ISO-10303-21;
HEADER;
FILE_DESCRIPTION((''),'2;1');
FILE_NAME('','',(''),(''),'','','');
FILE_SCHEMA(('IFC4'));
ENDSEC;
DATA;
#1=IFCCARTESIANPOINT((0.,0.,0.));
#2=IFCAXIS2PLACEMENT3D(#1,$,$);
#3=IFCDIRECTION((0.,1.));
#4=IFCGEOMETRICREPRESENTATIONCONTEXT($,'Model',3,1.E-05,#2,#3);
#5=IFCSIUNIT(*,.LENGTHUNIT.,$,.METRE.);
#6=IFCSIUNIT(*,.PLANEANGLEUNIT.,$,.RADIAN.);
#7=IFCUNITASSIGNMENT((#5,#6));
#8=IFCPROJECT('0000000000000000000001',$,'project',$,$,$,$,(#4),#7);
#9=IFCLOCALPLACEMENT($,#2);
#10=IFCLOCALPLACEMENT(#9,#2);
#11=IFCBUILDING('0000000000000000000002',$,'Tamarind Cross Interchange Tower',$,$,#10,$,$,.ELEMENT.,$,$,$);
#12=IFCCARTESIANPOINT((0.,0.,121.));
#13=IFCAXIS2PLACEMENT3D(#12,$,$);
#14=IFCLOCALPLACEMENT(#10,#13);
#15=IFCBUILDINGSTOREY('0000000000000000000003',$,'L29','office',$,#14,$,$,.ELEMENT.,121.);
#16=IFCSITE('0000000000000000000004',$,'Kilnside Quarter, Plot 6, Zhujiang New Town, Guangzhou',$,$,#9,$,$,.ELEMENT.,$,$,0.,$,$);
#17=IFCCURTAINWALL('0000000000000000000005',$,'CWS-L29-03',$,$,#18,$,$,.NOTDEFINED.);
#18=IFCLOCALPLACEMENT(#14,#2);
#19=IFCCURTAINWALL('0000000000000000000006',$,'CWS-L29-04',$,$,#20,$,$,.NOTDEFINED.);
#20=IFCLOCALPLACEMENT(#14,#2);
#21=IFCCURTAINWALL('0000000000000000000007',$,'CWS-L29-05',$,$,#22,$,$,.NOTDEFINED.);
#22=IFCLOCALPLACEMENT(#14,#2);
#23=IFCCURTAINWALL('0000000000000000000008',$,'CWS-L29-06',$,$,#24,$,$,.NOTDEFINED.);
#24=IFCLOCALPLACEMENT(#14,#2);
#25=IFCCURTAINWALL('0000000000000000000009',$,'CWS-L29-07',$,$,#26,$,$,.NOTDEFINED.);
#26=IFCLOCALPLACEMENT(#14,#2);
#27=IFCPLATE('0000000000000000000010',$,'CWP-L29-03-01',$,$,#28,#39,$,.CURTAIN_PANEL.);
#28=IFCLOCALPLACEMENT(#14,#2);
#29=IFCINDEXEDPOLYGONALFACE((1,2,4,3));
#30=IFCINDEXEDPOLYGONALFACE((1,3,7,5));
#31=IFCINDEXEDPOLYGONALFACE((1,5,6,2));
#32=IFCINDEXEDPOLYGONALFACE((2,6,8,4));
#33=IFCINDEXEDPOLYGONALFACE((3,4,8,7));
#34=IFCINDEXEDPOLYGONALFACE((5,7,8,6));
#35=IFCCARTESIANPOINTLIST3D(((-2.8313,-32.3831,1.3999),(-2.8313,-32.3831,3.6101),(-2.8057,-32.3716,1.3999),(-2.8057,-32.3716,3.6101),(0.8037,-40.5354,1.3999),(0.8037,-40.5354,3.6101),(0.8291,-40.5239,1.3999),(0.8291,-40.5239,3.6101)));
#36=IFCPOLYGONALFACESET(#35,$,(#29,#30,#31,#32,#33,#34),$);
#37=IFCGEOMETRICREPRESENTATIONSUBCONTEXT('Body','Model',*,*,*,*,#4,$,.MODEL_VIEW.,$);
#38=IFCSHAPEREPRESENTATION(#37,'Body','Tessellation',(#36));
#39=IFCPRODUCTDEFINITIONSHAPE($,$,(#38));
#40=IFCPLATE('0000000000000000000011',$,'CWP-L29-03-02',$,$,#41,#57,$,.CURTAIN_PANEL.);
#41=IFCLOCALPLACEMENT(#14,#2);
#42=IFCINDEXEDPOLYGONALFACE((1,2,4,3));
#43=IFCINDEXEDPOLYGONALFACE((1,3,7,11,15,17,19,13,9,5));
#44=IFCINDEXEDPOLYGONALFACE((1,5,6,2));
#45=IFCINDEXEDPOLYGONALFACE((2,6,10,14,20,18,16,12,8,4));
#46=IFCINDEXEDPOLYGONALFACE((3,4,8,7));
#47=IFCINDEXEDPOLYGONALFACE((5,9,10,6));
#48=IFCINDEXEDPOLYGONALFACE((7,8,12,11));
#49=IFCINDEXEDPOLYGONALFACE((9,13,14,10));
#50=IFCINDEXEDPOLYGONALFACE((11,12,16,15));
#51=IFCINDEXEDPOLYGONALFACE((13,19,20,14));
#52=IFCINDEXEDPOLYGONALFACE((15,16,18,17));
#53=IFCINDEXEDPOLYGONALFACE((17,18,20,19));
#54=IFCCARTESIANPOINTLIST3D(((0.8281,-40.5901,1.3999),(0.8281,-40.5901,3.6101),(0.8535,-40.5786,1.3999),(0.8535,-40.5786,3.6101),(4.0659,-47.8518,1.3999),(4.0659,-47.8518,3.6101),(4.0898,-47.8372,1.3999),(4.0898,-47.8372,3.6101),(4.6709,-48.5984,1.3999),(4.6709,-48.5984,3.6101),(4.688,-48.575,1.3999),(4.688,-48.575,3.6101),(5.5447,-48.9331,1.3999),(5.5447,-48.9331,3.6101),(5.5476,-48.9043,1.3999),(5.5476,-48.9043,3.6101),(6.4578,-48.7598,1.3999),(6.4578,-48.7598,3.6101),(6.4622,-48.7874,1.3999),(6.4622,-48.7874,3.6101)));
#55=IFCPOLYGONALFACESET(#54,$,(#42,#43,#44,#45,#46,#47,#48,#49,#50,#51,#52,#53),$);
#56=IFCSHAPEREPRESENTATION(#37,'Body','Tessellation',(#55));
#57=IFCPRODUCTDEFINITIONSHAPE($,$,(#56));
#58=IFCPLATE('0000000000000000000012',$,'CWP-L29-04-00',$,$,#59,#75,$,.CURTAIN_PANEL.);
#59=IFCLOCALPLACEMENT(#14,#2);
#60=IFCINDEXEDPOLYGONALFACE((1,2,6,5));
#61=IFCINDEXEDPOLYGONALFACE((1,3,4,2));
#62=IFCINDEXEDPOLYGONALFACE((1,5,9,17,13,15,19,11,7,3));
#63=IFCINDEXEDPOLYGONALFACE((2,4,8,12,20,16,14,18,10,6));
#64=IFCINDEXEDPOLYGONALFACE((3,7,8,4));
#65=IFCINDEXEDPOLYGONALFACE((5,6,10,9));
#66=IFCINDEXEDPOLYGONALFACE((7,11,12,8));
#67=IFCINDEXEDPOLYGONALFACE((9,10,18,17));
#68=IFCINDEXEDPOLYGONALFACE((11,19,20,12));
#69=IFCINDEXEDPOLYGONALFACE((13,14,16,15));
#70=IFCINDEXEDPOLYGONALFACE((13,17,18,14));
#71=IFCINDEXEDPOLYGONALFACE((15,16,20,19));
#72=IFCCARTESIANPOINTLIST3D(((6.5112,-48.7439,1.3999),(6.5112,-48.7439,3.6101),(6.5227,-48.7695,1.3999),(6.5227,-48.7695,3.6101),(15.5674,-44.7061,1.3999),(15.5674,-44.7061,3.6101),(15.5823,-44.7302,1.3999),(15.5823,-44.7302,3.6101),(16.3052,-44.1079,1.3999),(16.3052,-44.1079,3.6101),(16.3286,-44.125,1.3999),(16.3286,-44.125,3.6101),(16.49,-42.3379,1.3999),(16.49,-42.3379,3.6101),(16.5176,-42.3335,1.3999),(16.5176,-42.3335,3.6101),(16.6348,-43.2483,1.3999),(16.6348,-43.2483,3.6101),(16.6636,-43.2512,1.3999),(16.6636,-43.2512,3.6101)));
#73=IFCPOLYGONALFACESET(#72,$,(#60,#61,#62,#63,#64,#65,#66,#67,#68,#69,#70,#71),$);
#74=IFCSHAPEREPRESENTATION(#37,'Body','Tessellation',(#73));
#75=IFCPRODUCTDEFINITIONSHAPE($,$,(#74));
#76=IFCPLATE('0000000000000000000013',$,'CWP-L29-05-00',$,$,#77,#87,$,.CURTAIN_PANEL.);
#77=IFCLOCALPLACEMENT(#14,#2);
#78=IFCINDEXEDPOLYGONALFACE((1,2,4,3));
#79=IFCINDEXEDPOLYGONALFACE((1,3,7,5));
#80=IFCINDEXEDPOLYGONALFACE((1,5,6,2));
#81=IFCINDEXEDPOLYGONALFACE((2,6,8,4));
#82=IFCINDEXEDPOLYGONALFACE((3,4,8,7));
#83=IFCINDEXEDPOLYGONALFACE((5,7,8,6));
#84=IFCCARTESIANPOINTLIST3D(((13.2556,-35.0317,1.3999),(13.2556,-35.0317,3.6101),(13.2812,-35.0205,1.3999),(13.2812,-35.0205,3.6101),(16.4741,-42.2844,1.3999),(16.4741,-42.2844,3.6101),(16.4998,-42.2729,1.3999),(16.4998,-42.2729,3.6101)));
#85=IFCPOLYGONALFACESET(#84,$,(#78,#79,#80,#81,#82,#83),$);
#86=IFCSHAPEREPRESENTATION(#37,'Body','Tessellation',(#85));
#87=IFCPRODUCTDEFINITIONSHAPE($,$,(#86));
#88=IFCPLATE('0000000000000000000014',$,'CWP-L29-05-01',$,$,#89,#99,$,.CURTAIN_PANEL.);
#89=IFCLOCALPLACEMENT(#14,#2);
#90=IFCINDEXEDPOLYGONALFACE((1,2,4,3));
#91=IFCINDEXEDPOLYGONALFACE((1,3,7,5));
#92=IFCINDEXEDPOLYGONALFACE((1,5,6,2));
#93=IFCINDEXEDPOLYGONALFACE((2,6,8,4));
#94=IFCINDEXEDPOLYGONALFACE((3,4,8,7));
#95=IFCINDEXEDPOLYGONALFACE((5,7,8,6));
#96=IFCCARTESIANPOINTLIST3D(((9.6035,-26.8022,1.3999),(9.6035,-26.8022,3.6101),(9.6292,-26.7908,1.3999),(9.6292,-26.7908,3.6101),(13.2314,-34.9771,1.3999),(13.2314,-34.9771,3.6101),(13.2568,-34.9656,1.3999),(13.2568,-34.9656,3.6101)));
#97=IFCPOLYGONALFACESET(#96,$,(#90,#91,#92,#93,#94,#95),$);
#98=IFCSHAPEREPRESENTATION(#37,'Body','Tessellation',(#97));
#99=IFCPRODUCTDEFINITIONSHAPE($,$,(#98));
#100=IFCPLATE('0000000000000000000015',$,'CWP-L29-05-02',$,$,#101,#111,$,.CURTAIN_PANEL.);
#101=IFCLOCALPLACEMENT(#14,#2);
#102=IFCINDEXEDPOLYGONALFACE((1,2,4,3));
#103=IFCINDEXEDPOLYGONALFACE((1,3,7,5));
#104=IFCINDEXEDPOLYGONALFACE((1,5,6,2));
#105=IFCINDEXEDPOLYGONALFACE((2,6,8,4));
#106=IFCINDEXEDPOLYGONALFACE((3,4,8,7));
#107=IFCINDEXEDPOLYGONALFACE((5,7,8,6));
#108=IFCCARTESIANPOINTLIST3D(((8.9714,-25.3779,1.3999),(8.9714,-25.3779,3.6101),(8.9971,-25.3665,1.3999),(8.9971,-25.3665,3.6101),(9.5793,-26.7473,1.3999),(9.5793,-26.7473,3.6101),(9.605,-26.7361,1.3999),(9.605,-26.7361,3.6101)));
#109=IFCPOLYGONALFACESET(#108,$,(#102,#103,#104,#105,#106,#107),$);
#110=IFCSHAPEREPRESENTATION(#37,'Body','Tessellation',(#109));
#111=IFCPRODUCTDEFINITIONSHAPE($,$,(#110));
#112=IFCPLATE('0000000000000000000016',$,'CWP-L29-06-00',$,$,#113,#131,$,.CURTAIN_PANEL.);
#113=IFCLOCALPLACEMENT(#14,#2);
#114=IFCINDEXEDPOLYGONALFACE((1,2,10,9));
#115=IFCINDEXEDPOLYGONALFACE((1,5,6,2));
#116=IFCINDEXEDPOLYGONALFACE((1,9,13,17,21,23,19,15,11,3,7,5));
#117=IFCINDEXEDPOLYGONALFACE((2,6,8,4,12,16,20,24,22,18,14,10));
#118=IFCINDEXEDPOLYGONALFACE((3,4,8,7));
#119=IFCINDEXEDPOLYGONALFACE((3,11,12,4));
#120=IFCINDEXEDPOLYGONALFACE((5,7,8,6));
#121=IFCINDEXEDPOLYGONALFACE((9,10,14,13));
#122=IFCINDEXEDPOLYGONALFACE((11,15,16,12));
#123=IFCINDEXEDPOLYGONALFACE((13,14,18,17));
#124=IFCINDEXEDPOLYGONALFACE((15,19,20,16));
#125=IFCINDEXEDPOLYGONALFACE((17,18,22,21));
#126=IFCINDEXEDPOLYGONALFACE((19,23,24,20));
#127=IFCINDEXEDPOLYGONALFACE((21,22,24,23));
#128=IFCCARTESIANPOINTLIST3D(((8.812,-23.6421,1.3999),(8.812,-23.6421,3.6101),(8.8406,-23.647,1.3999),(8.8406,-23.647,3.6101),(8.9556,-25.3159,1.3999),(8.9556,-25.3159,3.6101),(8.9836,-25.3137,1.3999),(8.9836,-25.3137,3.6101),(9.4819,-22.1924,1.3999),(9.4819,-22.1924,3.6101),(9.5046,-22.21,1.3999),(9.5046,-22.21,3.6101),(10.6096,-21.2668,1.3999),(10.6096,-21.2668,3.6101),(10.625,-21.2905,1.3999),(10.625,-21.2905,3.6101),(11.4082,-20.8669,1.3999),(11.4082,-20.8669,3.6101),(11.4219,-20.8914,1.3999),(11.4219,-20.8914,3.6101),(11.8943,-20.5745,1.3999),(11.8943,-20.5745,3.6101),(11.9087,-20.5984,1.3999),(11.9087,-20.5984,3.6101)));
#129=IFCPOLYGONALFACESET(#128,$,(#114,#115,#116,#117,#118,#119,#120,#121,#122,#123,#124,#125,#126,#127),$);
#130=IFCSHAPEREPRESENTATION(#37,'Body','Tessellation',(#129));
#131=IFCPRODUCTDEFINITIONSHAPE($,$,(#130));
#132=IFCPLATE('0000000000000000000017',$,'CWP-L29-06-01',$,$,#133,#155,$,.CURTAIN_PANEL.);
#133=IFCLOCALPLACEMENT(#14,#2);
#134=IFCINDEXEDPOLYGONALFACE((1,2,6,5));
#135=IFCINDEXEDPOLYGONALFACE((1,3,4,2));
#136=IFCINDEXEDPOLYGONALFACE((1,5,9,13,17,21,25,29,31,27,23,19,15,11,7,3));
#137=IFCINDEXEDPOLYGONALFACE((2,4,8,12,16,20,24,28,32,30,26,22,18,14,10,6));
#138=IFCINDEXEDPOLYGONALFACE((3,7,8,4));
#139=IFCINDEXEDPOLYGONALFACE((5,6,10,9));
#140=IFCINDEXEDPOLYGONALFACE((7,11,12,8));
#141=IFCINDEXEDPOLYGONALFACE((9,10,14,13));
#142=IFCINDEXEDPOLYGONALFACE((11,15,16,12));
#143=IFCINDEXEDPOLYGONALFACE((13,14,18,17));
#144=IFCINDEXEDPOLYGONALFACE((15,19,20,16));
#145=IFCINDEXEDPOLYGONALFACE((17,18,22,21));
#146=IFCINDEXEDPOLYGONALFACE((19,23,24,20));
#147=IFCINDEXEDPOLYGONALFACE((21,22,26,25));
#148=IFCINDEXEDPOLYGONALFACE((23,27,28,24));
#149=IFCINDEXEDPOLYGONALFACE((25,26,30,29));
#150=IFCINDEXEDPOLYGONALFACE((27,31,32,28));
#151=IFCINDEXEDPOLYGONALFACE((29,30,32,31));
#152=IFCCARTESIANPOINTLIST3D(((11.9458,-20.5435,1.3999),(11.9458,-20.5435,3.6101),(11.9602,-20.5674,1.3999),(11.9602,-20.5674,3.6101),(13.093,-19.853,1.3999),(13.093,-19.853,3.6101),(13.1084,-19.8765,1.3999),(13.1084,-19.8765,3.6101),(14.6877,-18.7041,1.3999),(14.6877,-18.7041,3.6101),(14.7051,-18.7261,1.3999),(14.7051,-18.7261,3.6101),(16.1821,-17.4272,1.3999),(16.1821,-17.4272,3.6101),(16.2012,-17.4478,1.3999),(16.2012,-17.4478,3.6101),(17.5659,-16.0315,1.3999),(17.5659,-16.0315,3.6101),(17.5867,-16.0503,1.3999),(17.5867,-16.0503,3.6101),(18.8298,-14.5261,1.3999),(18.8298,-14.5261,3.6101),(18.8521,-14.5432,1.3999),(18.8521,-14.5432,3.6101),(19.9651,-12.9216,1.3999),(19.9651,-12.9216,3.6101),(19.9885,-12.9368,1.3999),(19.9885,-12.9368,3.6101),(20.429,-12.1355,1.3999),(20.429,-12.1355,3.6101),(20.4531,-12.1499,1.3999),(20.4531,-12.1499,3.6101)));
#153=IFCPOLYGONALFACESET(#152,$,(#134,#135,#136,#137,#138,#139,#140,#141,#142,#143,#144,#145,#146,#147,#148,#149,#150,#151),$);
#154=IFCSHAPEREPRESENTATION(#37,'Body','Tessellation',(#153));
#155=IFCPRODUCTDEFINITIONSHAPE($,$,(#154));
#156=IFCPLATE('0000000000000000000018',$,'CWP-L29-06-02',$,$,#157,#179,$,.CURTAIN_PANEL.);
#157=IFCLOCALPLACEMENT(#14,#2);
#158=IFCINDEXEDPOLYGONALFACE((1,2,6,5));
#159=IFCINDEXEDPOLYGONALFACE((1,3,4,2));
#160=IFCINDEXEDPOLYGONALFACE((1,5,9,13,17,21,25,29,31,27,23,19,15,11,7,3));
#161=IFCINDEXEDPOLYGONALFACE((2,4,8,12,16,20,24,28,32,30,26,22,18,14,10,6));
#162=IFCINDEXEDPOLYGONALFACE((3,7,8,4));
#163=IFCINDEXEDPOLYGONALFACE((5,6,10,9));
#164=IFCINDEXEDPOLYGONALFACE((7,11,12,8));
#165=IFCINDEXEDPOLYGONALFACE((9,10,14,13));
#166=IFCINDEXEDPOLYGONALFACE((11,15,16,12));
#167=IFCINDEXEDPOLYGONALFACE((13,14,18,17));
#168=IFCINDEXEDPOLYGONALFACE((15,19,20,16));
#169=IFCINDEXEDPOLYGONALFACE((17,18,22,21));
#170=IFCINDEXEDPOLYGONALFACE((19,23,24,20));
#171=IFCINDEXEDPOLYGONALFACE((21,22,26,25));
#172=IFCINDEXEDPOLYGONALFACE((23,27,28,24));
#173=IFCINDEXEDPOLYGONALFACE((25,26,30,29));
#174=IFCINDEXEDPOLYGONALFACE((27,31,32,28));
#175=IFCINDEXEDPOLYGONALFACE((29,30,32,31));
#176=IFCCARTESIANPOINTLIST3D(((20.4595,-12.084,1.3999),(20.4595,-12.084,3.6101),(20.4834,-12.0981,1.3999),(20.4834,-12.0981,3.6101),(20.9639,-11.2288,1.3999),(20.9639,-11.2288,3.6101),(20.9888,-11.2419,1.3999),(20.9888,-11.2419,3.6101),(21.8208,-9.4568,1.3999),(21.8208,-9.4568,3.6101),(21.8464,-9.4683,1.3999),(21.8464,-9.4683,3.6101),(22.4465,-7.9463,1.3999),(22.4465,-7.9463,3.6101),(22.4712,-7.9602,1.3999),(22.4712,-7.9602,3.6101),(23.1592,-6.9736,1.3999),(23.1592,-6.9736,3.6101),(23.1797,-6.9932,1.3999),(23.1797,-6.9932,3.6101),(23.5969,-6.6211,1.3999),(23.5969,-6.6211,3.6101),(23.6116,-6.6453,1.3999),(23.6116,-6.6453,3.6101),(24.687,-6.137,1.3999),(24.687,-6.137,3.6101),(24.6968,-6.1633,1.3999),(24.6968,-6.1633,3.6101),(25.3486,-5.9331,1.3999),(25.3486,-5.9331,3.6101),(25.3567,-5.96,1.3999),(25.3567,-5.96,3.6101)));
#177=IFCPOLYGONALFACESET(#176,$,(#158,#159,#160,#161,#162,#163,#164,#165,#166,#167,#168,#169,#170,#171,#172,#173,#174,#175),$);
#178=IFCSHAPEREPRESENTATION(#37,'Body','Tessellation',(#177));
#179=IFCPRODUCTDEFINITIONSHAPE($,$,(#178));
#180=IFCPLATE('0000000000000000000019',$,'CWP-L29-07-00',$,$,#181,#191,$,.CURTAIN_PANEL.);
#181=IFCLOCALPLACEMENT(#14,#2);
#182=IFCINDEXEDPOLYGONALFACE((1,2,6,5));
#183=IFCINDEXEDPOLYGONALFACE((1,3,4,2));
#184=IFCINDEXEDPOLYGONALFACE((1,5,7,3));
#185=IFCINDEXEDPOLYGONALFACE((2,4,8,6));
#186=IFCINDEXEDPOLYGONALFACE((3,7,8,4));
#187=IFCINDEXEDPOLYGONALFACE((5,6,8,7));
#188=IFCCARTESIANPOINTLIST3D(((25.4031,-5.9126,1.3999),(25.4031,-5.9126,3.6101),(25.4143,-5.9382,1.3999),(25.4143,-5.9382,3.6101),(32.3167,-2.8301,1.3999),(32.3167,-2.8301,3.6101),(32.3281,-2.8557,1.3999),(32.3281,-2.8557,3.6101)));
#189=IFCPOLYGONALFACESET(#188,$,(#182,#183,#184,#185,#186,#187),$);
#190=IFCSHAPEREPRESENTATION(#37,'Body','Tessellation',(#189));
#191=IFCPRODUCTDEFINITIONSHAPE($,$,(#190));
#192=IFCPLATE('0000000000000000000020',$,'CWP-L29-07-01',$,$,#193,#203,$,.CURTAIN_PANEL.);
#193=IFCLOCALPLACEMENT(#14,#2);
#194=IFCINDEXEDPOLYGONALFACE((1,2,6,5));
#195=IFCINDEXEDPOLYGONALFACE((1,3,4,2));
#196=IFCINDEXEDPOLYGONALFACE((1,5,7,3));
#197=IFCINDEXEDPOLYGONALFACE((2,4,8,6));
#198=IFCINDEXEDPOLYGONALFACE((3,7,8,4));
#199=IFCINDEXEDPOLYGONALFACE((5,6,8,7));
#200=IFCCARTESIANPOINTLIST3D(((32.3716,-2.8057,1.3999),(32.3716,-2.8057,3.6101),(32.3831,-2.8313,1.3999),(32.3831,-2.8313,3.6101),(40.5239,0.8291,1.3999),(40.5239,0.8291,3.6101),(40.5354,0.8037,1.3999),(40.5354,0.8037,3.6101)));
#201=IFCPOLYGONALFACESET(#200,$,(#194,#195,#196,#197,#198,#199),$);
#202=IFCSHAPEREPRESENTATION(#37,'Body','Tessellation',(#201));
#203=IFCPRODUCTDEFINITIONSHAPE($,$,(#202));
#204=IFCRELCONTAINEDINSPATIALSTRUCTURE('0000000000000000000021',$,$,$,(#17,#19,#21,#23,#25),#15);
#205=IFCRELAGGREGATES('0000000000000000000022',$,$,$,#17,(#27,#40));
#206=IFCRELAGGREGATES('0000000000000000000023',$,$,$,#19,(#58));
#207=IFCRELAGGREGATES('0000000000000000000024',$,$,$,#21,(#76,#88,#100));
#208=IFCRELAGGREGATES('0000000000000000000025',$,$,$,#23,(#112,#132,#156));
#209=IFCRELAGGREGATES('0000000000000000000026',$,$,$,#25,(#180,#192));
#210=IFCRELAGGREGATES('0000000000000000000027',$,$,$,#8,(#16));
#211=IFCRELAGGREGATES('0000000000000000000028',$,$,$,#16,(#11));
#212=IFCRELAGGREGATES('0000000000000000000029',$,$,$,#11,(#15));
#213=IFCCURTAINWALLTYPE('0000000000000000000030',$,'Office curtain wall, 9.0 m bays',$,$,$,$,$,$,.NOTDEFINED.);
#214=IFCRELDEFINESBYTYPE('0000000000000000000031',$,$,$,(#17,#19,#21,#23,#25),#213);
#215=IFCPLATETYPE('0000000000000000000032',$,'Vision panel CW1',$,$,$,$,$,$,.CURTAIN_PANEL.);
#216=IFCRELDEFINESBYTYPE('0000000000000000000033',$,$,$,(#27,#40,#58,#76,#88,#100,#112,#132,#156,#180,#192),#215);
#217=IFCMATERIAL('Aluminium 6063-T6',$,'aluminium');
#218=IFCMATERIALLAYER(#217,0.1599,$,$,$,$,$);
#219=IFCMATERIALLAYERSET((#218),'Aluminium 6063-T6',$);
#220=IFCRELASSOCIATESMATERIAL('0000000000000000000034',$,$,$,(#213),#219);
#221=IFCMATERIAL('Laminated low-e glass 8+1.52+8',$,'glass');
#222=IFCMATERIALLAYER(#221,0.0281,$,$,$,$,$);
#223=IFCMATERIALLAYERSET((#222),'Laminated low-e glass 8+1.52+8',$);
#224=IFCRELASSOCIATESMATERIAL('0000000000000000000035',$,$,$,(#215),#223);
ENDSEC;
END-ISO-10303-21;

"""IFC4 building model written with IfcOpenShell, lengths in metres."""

from ifc_helpers import new_model, si_unit, direction, frame, origin, place, context, subcontext, project, spatial, polyline, outline, extrude, material, layer, layer_set, type_object, element, aggregate, save


model = new_model("IFC4")

# Units and contexts
model_context = context("Model", 3, precision=1e-05, world=origin(), true_north=direction((0.0, 1.0)))
body_context = subcontext(model_context, "Body", "Model", "MODEL_VIEW")
ifc_project = project(units=[si_unit("LENGTHUNIT", "METRE"), si_unit("PLANEANGLEUNIT", "RADIAN")], contexts=[model_context])

# Site, building, storey
site_placement = place(None, origin())
site = spatial("IfcSite", under=ifc_project, at=site_placement, Name="Kilnside Quarter, Plot 6, Zhujiang New Town, Guangzhou", CompositionType="ELEMENT", RefElevation=0.0)
building_placement = place(site_placement, origin())
building = spatial("IfcBuilding", under=site, at=building_placement, Name="Tamarind Cross Interchange Tower", CompositionType="ELEMENT")
storey_placement = place(building_placement, frame((0.0, 0.0, 121.0)))
storey = spatial("IfcBuildingStorey", under=building, at=storey_placement, Name="L29", Description="office", CompositionType="ELEMENT", Elevation=121.0)

# Curtain walls
ifc_material_1 = material(Name="Aluminium 6063-T6", Category="aluminium")
ifc_layer_1 = layer(ifc_material_1, 0.1599)
ifc_layer_set_1 = layer_set([ifc_layer_1], Name="Aluminium 6063-T6")
curtain_wall_type = type_object("IfcCurtainWallType", Name="Office curtain wall, 9.0 m bays", PredefinedType="NOTDEFINED", material=ifc_layer_set_1)
curtain_wall_1_placement = place(storey_placement, origin())
curtain_wall_1 = element("IfcCurtainWall", 1, at=curtain_wall_1_placement, inside=storey, type_object=curtain_wall_type, Name="CWS-L29-03", PredefinedType="NOTDEFINED")
curtain_wall_2_placement = place(storey_placement, origin())
curtain_wall_2 = element("IfcCurtainWall", 2, at=curtain_wall_2_placement, inside=storey, type_object=curtain_wall_type, Name="CWS-L29-04", PredefinedType="NOTDEFINED")
curtain_wall_3_placement = place(storey_placement, origin())
curtain_wall_3 = element("IfcCurtainWall", 3, at=curtain_wall_3_placement, inside=storey, type_object=curtain_wall_type, Name="CWS-L29-05", PredefinedType="NOTDEFINED")
curtain_wall_4_placement = place(storey_placement, origin())
curtain_wall_4 = element("IfcCurtainWall", 4, at=curtain_wall_4_placement, inside=storey, type_object=curtain_wall_type, Name="CWS-L29-06", PredefinedType="NOTDEFINED")
curtain_wall_5_placement = place(storey_placement, origin())
curtain_wall_5 = element("IfcCurtainWall", 5, at=curtain_wall_5_placement, inside=storey, type_object=curtain_wall_type, Name="CWS-L29-07", PredefinedType="NOTDEFINED")

# Plates
ifc_material_2 = material(Name="Laminated low-e glass 8+1.52+8", Category="glass")
ifc_layer_2 = layer(ifc_material_2, 0.0281)
ifc_layer_set_2 = layer_set([ifc_layer_2], Name="Laminated low-e glass 8+1.52+8")
plate_type = type_object("IfcPlateType", Name="Vision panel CW1", PredefinedType="CURTAIN_PANEL", material=ifc_layer_set_2)
plate_1_placement = place(storey_placement, frame((0.0, 0.0, 1.3999)))
plate_1 = element("IfcPlate", 6, at=plate_1_placement, type_object=plate_type, Name="CWP-L29-03-01", PredefinedType="CURTAIN_PANEL", context=body_context, shape_type="SweptSolid", body=[
    extrude(outline(polyline([(-2.8057, -32.3716), (0.8291, -40.5239), (0.8037, -40.5354), (-2.8313, -32.3831), (-2.8057, -32.3716)])), origin(), (0.0, 0.0, 1.0), 2.2102),
])
plate_2_placement = place(storey_placement, frame((0.0, 0.0, 1.3999)))
plate_2 = element("IfcPlate", 7, at=plate_2_placement, type_object=plate_type, Name="CWP-L29-03-02", PredefinedType="CURTAIN_PANEL", context=body_context, shape_type="SweptSolid", body=[
    extrude(outline(polyline([(0.8535, -40.5786), (4.0898, -47.8372), (4.688, -48.575), (5.5476, -48.9043), (6.4578, -48.7598), (6.4622, -48.7874), (5.5447, -48.9331), (4.6709, -48.5984), (4.0659, -47.8518), (0.8281, -40.5901), (0.8535, -40.5786)])), origin(), (0.0, 0.0, 1.0), 2.2102),
])
aggregate(curtain_wall_1, [plate_1, plate_2])
plate_3_placement = place(storey_placement, frame((0.0, 0.0, 1.3999)))
plate_3 = element("IfcPlate", 8, at=plate_3_placement, type_object=plate_type, Name="CWP-L29-04-00", PredefinedType="CURTAIN_PANEL", context=body_context, shape_type="SweptSolid", body=[
    extrude(outline(polyline([(6.5112, -48.7439), (15.5674, -44.7061), (16.3052, -44.1079), (16.6348, -43.2483), (16.49, -42.3379), (16.5176, -42.3335), (16.6636, -43.2512), (16.3286, -44.125), (15.5823, -44.7302), (6.5227, -48.7695), (6.5112, -48.7439)])), origin(), (0.0, 0.0, 1.0), 2.2102),
])
aggregate(curtain_wall_2, [plate_3])
plate_4_placement = place(storey_placement, frame((0.0, 0.0, 1.3999)))
plate_4 = element("IfcPlate", 9, at=plate_4_placement, type_object=plate_type, Name="CWP-L29-05-00", PredefinedType="CURTAIN_PANEL", context=body_context, shape_type="SweptSolid", body=[
    extrude(outline(polyline([(16.4741, -42.2844), (13.2556, -35.0317), (13.2812, -35.0205), (16.4998, -42.2729), (16.4741, -42.2844)])), origin(), (0.0, 0.0, 1.0), 2.2102),
])
plate_5_placement = place(storey_placement, frame((0.0, 0.0, 1.3999)))
plate_5 = element("IfcPlate", 10, at=plate_5_placement, type_object=plate_type, Name="CWP-L29-05-01", PredefinedType="CURTAIN_PANEL", context=body_context, shape_type="SweptSolid", body=[
    extrude(outline(polyline([(13.2314, -34.9771), (9.6035, -26.8022), (9.6292, -26.7908), (13.2568, -34.9656), (13.2314, -34.9771)])), origin(), (0.0, 0.0, 1.0), 2.2102),
])
plate_6_placement = place(storey_placement, frame((0.0, 0.0, 1.3999)))
plate_6 = element("IfcPlate", 11, at=plate_6_placement, type_object=plate_type, Name="CWP-L29-05-02", PredefinedType="CURTAIN_PANEL", context=body_context, shape_type="SweptSolid", body=[
    extrude(outline(polyline([(9.5793, -26.7473), (8.9714, -25.3779), (8.9971, -25.3665), (9.605, -26.7361), (9.5793, -26.7473)])), origin(), (0.0, 0.0, 1.0), 2.2102),
])
aggregate(curtain_wall_3, [plate_4, plate_5, plate_6])
plate_7_placement = place(storey_placement, frame((0.0, 0.0, 1.3999)))
plate_7 = element("IfcPlate", 12, at=plate_7_placement, type_object=plate_type, Name="CWP-L29-06-00", PredefinedType="CURTAIN_PANEL", context=body_context, shape_type="SweptSolid", body=[
    extrude(outline(polyline([(8.9556, -25.3159), (8.812, -23.6421), (9.4819, -22.1924), (10.6096, -21.2668), (11.4082, -20.8669), (11.8943, -20.5745), (11.9087, -20.5984), (11.4219, -20.8914), (10.625, -21.2905), (9.5046, -22.21), (8.8406, -23.647), (8.9836, -25.3137), (8.9556, -25.3159)])), origin(), (0.0, 0.0, 1.0), 2.2102),
])
plate_8_placement = place(storey_placement, frame((0.0, 0.0, 1.3999)))
plate_8 = element("IfcPlate", 13, at=plate_8_placement, type_object=plate_type, Name="CWP-L29-06-01", PredefinedType="CURTAIN_PANEL", context=body_context, shape_type="SweptSolid", body=[
    extrude(outline(polyline([(11.9458, -20.5435), (13.093, -19.853), (14.6877, -18.7041), (16.1821, -17.4272), (17.5659, -16.0315), (18.8298, -14.5261), (19.9651, -12.9216), (20.429, -12.1355), (20.4531, -12.1499), (19.9885, -12.9368), (18.8521, -14.5432), (17.5867, -16.0503), (16.2012, -17.4478), (14.7051, -18.7261), (13.1084, -19.8765), (11.9602, -20.5674), (11.9458, -20.5435)])), origin(), (0.0, 0.0, 1.0), 2.2102),
])
plate_9_placement = place(storey_placement, frame((0.0, 0.0, 1.3999)))
plate_9 = element("IfcPlate", 14, at=plate_9_placement, type_object=plate_type, Name="CWP-L29-06-02", PredefinedType="CURTAIN_PANEL", context=body_context, shape_type="SweptSolid", body=[
    extrude(outline(polyline([(20.4595, -12.084), (20.9639, -11.2288), (21.8208, -9.4568), (22.4465, -7.9463), (23.1592, -6.9736), (23.5969, -6.6211), (24.687, -6.137), (25.3486, -5.9331), (25.3567, -5.96), (24.6968, -6.1633), (23.6116, -6.6453), (23.1797, -6.9932), (22.4712, -7.9602), (21.8464, -9.4683), (20.9888, -11.2419), (20.4834, -12.0981), (20.4595, -12.084)])), origin(), (0.0, 0.0, 1.0), 2.2102),
])
aggregate(curtain_wall_4, [plate_7, plate_8, plate_9])
plate_10_placement = place(storey_placement, frame((0.0, 0.0, 1.3999)))
plate_10 = element("IfcPlate", 15, at=plate_10_placement, type_object=plate_type, Name="CWP-L29-07-00", PredefinedType="CURTAIN_PANEL", context=body_context, shape_type="SweptSolid", body=[
    extrude(outline(polyline([(25.4031, -5.9126), (32.3167, -2.8301), (32.3281, -2.8557), (25.4143, -5.9382), (25.4031, -5.9126)])), origin(), (0.0, 0.0, 1.0), 2.2102),
])
plate_11_placement = place(storey_placement, frame((0.0, 0.0, 1.3999)))
plate_11 = element("IfcPlate", 16, at=plate_11_placement, type_object=plate_type, Name="CWP-L29-07-01", PredefinedType="CURTAIN_PANEL", context=body_context, shape_type="SweptSolid", body=[
    extrude(outline(polyline([(32.3716, -2.8057), (40.5239, 0.8291), (40.5354, 0.8037), (32.3831, -2.8313), (32.3716, -2.8057)])), origin(), (0.0, 0.0, 1.0), 2.2102),
])
aggregate(curtain_wall_5, [plate_10, plate_11])

save(model, "model.ifc")
